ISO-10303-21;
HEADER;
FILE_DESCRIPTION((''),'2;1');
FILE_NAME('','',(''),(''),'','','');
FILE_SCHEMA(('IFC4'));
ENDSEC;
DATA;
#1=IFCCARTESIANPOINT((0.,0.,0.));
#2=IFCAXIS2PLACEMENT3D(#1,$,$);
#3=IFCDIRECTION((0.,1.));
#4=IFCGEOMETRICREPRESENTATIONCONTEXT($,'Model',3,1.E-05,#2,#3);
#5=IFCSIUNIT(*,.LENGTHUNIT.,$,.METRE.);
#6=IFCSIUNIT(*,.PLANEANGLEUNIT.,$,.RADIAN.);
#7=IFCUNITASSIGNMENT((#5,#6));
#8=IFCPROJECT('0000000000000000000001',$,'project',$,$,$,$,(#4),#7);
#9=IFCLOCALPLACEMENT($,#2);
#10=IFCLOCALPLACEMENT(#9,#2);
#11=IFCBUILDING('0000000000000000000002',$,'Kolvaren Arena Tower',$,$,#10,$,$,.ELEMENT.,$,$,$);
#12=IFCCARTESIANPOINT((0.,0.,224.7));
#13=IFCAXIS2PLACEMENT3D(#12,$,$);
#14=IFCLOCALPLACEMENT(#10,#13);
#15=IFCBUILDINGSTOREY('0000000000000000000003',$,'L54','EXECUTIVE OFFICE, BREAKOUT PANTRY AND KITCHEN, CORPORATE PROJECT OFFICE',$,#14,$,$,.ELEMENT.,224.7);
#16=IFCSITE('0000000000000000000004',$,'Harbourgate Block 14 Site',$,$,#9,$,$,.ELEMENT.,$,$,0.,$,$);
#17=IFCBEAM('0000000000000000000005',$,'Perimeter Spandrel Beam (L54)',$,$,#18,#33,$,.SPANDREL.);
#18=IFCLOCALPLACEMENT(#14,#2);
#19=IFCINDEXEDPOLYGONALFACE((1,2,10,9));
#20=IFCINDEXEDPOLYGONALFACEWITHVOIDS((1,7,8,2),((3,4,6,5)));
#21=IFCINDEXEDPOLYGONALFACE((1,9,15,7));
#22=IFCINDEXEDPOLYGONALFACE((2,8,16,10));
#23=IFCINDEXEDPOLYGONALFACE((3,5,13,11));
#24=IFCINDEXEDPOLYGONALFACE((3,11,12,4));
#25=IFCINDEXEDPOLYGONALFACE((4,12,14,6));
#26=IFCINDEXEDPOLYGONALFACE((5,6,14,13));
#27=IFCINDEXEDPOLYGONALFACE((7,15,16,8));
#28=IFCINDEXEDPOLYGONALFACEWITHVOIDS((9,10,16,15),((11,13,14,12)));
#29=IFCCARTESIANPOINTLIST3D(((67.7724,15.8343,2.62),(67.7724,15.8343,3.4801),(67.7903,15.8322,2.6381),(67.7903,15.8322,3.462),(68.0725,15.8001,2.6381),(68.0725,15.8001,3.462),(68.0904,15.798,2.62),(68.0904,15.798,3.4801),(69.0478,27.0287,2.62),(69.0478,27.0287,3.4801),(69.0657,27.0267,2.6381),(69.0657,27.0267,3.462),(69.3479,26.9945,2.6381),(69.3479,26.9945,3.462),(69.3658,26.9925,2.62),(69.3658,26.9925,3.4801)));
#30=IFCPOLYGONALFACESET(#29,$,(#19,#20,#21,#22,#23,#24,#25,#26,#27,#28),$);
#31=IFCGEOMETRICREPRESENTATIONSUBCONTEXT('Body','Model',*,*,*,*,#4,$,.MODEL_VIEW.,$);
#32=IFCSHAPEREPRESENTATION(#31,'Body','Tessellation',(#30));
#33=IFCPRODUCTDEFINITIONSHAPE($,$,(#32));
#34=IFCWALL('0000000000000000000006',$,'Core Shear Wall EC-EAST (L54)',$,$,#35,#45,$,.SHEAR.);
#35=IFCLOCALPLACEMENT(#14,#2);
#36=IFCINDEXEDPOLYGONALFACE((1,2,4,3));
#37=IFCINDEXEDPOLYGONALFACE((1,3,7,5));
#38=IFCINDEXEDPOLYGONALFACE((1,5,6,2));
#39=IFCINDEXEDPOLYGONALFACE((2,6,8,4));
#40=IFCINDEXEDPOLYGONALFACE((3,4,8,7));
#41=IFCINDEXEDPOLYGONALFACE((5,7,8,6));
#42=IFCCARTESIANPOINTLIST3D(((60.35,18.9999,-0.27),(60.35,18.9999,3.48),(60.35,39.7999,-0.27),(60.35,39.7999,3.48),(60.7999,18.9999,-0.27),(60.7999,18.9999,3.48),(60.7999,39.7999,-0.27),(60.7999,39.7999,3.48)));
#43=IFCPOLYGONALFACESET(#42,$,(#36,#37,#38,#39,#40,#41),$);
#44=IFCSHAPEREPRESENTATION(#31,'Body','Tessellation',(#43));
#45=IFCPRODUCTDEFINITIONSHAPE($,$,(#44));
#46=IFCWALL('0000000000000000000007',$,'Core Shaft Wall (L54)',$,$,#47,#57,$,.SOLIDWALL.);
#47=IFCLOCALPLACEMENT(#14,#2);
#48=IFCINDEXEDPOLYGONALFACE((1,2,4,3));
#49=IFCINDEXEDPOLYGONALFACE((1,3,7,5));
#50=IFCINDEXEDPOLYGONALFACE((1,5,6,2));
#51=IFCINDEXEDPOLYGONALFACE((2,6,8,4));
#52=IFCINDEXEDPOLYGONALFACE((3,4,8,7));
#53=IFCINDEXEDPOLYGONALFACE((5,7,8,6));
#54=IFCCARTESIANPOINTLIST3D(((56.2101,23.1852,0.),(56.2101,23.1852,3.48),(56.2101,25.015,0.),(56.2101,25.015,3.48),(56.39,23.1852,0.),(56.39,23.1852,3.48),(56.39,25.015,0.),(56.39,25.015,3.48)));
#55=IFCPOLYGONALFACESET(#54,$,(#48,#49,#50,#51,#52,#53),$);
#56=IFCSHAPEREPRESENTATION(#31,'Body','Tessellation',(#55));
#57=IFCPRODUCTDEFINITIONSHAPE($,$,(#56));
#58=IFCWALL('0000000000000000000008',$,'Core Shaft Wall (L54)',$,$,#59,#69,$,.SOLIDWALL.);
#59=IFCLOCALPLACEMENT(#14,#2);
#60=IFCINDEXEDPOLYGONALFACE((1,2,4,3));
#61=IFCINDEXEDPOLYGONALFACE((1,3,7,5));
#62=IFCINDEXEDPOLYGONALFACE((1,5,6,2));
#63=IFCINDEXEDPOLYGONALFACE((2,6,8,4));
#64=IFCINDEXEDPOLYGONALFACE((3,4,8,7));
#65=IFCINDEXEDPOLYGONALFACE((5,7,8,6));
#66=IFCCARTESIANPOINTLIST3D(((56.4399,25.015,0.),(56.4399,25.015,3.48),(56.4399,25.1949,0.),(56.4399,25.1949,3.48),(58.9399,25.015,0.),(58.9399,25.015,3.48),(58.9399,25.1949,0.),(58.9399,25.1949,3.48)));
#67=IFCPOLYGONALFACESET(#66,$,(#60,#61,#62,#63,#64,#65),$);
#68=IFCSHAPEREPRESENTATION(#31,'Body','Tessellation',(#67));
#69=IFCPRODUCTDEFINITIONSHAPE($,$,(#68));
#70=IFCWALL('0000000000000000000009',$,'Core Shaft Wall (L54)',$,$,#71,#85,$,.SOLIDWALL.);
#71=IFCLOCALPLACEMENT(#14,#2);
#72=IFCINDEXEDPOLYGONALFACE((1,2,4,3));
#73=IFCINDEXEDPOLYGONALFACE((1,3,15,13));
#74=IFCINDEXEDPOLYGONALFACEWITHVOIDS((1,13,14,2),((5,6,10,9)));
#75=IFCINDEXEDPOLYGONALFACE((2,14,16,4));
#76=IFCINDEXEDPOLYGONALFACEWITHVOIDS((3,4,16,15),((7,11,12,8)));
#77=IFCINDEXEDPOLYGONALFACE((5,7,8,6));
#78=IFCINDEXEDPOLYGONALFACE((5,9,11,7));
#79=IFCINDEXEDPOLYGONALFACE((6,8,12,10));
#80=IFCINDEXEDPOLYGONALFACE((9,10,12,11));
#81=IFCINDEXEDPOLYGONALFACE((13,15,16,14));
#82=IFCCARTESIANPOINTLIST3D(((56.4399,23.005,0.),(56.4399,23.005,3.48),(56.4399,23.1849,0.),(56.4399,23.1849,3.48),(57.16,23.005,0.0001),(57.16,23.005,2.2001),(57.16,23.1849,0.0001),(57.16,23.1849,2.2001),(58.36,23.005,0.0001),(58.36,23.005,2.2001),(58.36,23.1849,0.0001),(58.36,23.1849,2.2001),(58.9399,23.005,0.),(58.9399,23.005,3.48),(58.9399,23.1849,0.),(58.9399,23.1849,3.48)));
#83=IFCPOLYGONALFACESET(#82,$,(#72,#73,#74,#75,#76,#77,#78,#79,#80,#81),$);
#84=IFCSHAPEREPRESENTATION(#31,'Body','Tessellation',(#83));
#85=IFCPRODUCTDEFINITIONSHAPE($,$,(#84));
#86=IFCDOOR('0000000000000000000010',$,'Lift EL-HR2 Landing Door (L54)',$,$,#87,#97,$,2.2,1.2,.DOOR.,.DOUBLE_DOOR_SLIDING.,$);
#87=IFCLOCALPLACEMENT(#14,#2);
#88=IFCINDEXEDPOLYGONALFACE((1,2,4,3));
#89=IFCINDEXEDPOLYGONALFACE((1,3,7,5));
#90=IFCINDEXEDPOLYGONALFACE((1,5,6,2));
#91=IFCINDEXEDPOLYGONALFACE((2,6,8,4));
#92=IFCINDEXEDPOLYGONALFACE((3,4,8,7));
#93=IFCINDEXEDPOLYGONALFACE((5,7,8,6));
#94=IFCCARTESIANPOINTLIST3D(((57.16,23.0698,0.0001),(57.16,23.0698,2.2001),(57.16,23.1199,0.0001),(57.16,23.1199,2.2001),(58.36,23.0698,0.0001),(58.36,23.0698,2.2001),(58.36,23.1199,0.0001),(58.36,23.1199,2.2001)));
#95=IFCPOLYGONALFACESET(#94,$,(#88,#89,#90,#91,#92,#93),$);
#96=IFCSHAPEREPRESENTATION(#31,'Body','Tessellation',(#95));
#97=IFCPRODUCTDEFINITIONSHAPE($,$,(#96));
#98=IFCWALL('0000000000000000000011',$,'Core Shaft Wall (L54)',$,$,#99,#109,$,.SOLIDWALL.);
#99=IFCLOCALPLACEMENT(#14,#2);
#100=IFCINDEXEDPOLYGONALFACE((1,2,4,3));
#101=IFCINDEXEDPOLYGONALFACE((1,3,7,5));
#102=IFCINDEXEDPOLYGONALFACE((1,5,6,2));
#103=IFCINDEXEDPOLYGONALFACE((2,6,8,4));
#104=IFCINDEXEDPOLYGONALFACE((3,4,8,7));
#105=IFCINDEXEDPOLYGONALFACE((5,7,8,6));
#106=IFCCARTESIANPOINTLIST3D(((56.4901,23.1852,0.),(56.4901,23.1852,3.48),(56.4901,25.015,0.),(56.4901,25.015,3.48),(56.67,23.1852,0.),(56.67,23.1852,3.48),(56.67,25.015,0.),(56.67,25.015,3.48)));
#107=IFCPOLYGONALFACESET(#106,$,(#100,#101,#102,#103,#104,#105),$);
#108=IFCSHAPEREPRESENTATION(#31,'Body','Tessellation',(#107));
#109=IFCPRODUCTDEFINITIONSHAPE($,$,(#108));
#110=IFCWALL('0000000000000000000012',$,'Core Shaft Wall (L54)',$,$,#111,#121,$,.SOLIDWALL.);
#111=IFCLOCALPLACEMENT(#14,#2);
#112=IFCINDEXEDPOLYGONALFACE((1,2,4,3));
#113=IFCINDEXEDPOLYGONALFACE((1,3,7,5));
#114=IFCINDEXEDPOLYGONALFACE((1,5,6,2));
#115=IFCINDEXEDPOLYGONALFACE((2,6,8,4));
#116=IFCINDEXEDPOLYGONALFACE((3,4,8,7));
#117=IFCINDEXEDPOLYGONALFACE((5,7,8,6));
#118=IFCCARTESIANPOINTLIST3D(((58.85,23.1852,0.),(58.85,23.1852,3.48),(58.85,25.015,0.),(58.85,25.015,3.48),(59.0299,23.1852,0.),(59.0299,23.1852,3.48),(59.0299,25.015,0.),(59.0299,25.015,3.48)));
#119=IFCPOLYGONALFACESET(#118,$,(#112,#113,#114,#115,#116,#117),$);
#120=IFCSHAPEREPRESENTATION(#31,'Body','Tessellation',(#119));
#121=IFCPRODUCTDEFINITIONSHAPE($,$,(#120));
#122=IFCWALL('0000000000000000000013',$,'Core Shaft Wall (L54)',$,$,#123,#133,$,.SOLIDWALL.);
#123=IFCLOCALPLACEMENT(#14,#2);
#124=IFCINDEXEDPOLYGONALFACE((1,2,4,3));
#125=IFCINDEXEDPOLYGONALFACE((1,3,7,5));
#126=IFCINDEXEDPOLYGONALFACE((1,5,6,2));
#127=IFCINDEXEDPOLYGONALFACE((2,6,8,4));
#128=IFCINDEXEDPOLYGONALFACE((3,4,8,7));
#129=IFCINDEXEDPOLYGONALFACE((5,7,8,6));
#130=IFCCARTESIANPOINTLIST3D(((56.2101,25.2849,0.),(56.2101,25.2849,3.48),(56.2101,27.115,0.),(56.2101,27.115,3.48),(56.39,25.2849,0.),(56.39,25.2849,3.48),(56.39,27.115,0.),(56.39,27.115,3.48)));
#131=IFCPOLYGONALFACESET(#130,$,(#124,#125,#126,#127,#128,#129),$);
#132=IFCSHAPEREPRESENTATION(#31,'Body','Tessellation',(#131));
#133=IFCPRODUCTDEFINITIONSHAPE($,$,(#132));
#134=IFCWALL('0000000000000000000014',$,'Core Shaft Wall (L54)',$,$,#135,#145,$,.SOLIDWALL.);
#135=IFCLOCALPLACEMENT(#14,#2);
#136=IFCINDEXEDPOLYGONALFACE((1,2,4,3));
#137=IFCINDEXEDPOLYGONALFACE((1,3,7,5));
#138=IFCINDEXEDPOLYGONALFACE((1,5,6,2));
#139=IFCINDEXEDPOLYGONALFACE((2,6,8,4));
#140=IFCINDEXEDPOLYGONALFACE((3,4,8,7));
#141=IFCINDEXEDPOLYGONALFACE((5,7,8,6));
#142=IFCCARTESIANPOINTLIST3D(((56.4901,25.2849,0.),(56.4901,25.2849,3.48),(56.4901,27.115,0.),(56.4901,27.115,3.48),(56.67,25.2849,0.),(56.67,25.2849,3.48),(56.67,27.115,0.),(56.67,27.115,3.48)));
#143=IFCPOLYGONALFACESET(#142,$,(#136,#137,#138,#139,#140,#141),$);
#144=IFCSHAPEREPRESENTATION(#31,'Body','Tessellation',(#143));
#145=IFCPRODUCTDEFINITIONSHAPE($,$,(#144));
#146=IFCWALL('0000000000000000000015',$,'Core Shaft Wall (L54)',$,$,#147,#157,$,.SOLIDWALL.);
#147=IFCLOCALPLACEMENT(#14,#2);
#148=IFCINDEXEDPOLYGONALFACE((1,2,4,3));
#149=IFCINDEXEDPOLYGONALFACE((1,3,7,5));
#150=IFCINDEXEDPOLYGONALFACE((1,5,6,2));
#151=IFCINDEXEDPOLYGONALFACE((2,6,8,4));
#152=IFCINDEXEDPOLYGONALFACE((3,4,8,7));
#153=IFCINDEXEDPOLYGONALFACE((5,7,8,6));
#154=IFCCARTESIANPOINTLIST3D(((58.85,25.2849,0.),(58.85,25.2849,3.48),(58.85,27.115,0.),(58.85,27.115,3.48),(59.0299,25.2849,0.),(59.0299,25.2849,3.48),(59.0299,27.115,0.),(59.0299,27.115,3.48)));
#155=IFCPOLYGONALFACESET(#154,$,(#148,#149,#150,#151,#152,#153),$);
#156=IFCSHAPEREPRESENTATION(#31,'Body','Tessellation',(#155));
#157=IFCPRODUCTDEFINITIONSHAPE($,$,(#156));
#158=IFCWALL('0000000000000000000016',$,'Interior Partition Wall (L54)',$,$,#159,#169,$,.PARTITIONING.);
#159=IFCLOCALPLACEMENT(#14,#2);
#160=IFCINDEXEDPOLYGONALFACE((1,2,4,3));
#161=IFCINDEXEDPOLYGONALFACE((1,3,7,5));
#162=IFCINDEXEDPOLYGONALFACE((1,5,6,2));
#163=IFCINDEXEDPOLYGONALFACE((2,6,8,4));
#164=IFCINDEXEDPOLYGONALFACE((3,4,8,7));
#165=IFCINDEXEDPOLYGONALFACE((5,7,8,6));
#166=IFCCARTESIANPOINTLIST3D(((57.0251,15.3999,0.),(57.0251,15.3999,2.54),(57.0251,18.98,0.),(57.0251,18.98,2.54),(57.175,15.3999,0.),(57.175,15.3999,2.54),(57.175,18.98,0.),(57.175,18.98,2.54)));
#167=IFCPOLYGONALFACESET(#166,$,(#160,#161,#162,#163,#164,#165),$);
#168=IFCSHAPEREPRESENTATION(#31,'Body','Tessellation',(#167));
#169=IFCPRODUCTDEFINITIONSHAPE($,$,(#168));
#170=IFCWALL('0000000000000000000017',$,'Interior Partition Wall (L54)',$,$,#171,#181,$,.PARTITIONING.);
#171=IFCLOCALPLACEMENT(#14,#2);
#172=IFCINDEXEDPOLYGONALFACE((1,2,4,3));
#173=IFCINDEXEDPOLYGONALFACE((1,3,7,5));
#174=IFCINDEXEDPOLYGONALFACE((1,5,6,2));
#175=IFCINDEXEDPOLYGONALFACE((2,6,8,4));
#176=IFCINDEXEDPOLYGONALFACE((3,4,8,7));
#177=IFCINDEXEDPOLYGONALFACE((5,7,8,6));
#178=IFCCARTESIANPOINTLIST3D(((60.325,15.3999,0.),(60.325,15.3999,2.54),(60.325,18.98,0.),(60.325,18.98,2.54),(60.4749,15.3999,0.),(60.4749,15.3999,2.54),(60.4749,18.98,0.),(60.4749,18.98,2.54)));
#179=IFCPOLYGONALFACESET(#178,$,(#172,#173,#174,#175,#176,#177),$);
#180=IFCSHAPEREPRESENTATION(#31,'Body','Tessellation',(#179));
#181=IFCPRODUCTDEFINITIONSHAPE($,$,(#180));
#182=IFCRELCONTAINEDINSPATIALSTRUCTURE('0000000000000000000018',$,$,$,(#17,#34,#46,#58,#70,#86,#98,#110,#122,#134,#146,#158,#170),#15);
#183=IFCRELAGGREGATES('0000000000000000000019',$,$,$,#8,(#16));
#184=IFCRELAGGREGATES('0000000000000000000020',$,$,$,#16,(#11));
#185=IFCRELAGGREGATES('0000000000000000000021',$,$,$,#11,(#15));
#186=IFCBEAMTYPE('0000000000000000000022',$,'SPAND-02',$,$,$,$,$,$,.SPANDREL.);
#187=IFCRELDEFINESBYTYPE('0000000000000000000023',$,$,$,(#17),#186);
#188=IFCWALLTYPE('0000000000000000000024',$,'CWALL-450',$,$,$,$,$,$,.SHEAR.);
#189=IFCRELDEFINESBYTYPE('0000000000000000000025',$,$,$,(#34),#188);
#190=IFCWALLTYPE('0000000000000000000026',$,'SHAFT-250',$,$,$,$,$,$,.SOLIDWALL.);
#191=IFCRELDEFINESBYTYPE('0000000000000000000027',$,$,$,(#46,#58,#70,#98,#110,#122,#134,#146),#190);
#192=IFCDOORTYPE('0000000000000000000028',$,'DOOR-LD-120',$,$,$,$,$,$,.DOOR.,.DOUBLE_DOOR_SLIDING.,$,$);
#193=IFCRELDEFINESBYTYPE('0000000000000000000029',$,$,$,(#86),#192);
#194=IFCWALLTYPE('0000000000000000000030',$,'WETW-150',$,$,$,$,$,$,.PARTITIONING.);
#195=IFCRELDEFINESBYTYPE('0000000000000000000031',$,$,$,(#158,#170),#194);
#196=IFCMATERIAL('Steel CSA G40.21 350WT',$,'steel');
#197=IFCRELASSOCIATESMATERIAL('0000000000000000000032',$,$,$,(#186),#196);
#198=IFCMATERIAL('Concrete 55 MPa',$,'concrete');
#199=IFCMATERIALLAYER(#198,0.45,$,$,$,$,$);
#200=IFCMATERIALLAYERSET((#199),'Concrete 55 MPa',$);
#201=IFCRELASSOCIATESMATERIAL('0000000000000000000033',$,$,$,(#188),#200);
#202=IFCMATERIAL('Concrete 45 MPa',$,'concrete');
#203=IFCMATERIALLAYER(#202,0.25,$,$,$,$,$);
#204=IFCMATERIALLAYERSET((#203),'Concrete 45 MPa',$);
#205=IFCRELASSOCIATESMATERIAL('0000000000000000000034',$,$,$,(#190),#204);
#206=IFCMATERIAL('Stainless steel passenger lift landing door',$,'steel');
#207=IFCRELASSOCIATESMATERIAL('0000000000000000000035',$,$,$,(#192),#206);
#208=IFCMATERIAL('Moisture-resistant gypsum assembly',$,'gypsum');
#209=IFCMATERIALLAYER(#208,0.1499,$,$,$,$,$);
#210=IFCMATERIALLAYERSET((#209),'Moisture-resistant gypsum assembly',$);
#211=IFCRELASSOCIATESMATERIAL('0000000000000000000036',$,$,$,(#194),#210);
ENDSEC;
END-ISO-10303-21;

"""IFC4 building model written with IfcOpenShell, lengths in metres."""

from ifc_helpers import new_model, si_unit, direction, frame, frame_2d, origin, origin_2d, place, context, subcontext, project, spatial, rectangle, hollow_rectangle, extrude, material, layer, layer_set, material_profile, profile_set, type_object, element, fill, save


model = new_model("IFC4")

# Units and contexts
model_context = context("Model", 3, precision=1e-05, world=origin(), true_north=direction((0.0, 1.0)))
body_context = subcontext(model_context, "Body", "Model", "MODEL_VIEW")
ifc_project = project(units=[si_unit("LENGTHUNIT", "METRE"), si_unit("PLANEANGLEUNIT", "RADIAN")], contexts=[model_context])

# Site, building, storey
site_placement = place(None, origin())
site = spatial("IfcSite", under=ifc_project, at=site_placement, Name="Harbourgate Block 14 Site", CompositionType="ELEMENT", RefElevation=0.0)
building_placement = place(site_placement, origin())
building = spatial("IfcBuilding", under=site, at=building_placement, Name="Kolvaren Arena Tower", CompositionType="ELEMENT")
storey_placement = place(building_placement, frame((0.0, 0.0, 224.7)))
storey = spatial("IfcBuildingStorey", under=building, at=storey_placement, Name="L54", Description="EXECUTIVE OFFICE, BREAKOUT PANTRY AND KITCHEN, CORPORATE PROJECT OFFICE", CompositionType="ELEMENT", Elevation=224.7)

# Beam
ifc_material_1 = material(Name="Steel CSA G40.21 350WT", Category="steel")
ifc_material_profile_1 = material_profile(ifc_material_1, hollow_rectangle(XDim=0.3201, YDim=0.8601, WallThickness=0.0181, at=origin_2d()), Name="HSS 860x320x18")
ifc_profile_set_1 = profile_set([ifc_material_profile_1], Name="Steel CSA G40.21 350WT")
beam_type_1 = type_object("IfcBeamType", Name="SPAND-02", PredefinedType="SPANDREL", material=ifc_profile_set_1)
beam_1_placement = place(storey_placement, frame((67.9314, 15.8162, 3.05), z_axis=(0.113199, 0.993572, 0.0), x_axis=(-0.993572, 0.113199, 0.0)))
element("IfcBeam", 1, at=beam_1_placement, inside=storey, type_object=beam_type_1, Name="Perimeter Spandrel Beam (L54)", PredefinedType="SPANDREL", context=body_context, shape_type="SweptSolid", body=[
    extrude(hollow_rectangle(XDim=0.3201, YDim=0.8601, WallThickness=0.0181, at=origin_2d()), origin(), (0.0, 0.0, 1.0), 11.2668),
])

# Walls
ifc_material_2 = material(Name="Concrete 55 MPa", Category="concrete")
ifc_layer_1 = layer(ifc_material_2, 0.45)
ifc_layer_set_1 = layer_set([ifc_layer_1], Name="Concrete 55 MPa")
wall_type_1 = type_object("IfcWallType", Name="CWALL-450", PredefinedType="SHEAR", material=ifc_layer_set_1)
wall_1_placement = place(storey_placement, frame((60.575, 19.0, -0.27), z_axis=(0.0, 0.0, 1.0), x_axis=(0.0, 1.0, 0.0)))
element("IfcWall", 2, at=wall_1_placement, inside=storey, type_object=wall_type_1, Name="Core Shear Wall EC-EAST (L54)", PredefinedType="SHEAR", context=body_context, shape_type="SweptSolid", body=[
    extrude(rectangle(XDim=20.8, YDim=0.45, at=frame_2d((10.3999, 0.0))), origin(), (0.0, 0.0, 1.0), 3.75),
])
ifc_material_3 = material(Name="Concrete 45 MPa", Category="concrete")
ifc_layer_2 = layer(ifc_material_3, 0.25)
ifc_layer_set_2 = layer_set([ifc_layer_2], Name="Concrete 45 MPa")
wall_type_2 = type_object("IfcWallType", Name="SHAFT-250", PredefinedType="SOLIDWALL", material=ifc_layer_set_2)
wall_2_placement = place(storey_placement, frame((56.3, 23.1851, 0.0), z_axis=(0.0, 0.0, 1.0), x_axis=(0.0, 1.0, 0.0)))
element("IfcWall", 3, at=wall_2_placement, inside=storey, type_object=wall_type_2, Name="Core Shaft Wall (L54)", PredefinedType="SOLIDWALL", context=body_context, shape_type="SweptSolid", body=[
    extrude(rectangle(XDim=1.8298, YDim=0.1799, at=frame_2d((0.915, 0.0))), origin(), (0.0, 0.0, 1.0), 3.48),
])
wall_3_placement = place(storey_placement, frame((56.4399, 25.105, 0.0), z_axis=(0.0, 0.0, 1.0), x_axis=(1.0, 0.0, 0.0)))
element("IfcWall", 4, at=wall_3_placement, inside=storey, type_object=wall_type_2, Name="Core Shaft Wall (L54)", PredefinedType="SOLIDWALL", context=body_context, shape_type="SweptSolid", body=[
    extrude(rectangle(XDim=2.5, YDim=0.1799, at=frame_2d((1.25, 0.0))), origin(), (0.0, 0.0, 1.0), 3.48),
])

# Wall, opening, door
wall_4_placement = place(storey_placement, frame((56.4399, 23.095, 0.0), z_axis=(0.0, 0.0, 1.0), x_axis=(1.0, 0.0, 0.0)))
wall_4 = element("IfcWall", 5, at=wall_4_placement, inside=storey, type_object=wall_type_2, Name="Core Shaft Wall (L54)", PredefinedType="SOLIDWALL", context=body_context, shape_type="SweptSolid", body=[
    extrude(rectangle(XDim=2.5, YDim=0.1799, at=frame_2d((1.25, 0.0))), origin(), (0.0, 0.0, 1.0), 3.48),
])
opening_1_placement = place(wall_4_placement, frame((0.72, 0.0, 0.0)))
opening_1 = element("IfcOpeningElement", 6, at=opening_1_placement, cuts=wall_4, PredefinedType="OPENING", context=body_context, shape_type="SweptSolid", body=[
    extrude(rectangle(XDim=1.2, YDim=2.2, at=frame_2d((0.6001, 1.1001))), frame((0.0, 0.0999, 0.0), z_axis=(0.0, -1.0, 0.0), x_axis=(1.0, 0.0, 0.0)), (0.0, 0.0, 1.0), 0.2),
])
ifc_material_4 = material(Name="Stainless steel passenger lift landing door", Category="steel")
door_type_1 = type_object("IfcDoorType", Name="DOOR-LD-120", OperationType="DOUBLE_DOOR_SLIDING", PredefinedType="DOOR", material=ifc_material_4)
door_1_placement = place(opening_1_placement, origin())
door_1 = element("IfcDoor", 7, at=door_1_placement, inside=storey, type_object=door_type_1, Name="Lift EL-HR2 Landing Door (L54)", OperationType="DOUBLE_DOOR_SLIDING", OverallHeight=2.2, OverallWidth=1.2, PredefinedType="DOOR", context=body_context, shape_type="SweptSolid", body=[
    extrude(rectangle(XDim=1.2, YDim=2.2, at=frame_2d((0.6001, 1.1001))), frame((0.0, 0.0249, 0.0), z_axis=(0.0, -1.0, 0.0), x_axis=(1.0, 0.0, 0.0)), (0.0, 0.0, 1.0), 0.05),
])
fill(opening_1, door_1)

# Walls
for number, where, z_axis, x_axis, name in (
    (8, (56.5801, 23.1851, 0.0), (0.0, 0.0, 1.0), (0.0, 1.0, 0.0), "Core Shaft Wall (L54)"),
    (9, (58.9399, 23.1851, 0.0), (0.0, 0.0, 1.0), (0.0, 1.0, 0.0), "Core Shaft Wall (L54)"),
):
    element("IfcWall", number, at=place(storey_placement, frame(where, z_axis=z_axis, x_axis=x_axis)), inside=storey, type_object=wall_type_2, Name=name, PredefinedType="SOLIDWALL", context=body_context, shape_type="SweptSolid", body=[
        extrude(rectangle(XDim=1.8298, YDim=0.1799, at=frame_2d((0.915, 0.0))), origin(), (0.0, 0.0, 1.0), 3.48),
    ])
for number, where, z_axis, x_axis, name in (
    (10, (56.3, 25.2849, 0.0), (0.0, 0.0, 1.0), (0.0, 1.0, 0.0), "Core Shaft Wall (L54)"),
    (11, (56.5801, 25.2849, 0.0), (0.0, 0.0, 1.0), (0.0, 1.0, 0.0), "Core Shaft Wall (L54)"),
    (12, (58.9399, 25.2849, 0.0), (0.0, 0.0, 1.0), (0.0, 1.0, 0.0), "Core Shaft Wall (L54)"),
):
    element("IfcWall", number, at=place(storey_placement, frame(where, z_axis=z_axis, x_axis=x_axis)), inside=storey, type_object=wall_type_2, Name=name, PredefinedType="SOLIDWALL", context=body_context, shape_type="SweptSolid", body=[
        extrude(rectangle(XDim=1.8301, YDim=0.1799, at=frame_2d((0.915, 0.0))), origin(), (0.0, 0.0, 1.0), 3.48),
    ])
ifc_material_5 = material(Name="Moisture-resistant gypsum assembly", Category="gypsum")
ifc_layer_3 = layer(ifc_material_5, 0.1499)
ifc_layer_set_3 = layer_set([ifc_layer_3], Name="Moisture-resistant gypsum assembly")
wall_type_3 = type_object("IfcWallType", Name="WETW-150", PredefinedType="PARTITIONING", material=ifc_layer_set_3)
for number, where, z_axis, x_axis, name in (
    (13, (57.1001, 15.3999, 0.0), (0.0, 0.0, 1.0), (0.0, 1.0, 0.0), "Interior Partition Wall (L54)"),
    (14, (60.3999, 15.3999, 0.0), (0.0, 0.0, 1.0), (0.0, 1.0, 0.0), "Interior Partition Wall (L54)"),
):
    element("IfcWall", number, at=place(storey_placement, frame(where, z_axis=z_axis, x_axis=x_axis)), inside=storey, type_object=wall_type_3, Name=name, PredefinedType="PARTITIONING", context=body_context, shape_type="SweptSolid", body=[
        extrude(rectangle(XDim=3.5801, YDim=0.1499, at=frame_2d((1.79, 0.0))), origin(), (0.0, 0.0, 1.0), 2.54),
    ])

save(model, "model.ifc")
